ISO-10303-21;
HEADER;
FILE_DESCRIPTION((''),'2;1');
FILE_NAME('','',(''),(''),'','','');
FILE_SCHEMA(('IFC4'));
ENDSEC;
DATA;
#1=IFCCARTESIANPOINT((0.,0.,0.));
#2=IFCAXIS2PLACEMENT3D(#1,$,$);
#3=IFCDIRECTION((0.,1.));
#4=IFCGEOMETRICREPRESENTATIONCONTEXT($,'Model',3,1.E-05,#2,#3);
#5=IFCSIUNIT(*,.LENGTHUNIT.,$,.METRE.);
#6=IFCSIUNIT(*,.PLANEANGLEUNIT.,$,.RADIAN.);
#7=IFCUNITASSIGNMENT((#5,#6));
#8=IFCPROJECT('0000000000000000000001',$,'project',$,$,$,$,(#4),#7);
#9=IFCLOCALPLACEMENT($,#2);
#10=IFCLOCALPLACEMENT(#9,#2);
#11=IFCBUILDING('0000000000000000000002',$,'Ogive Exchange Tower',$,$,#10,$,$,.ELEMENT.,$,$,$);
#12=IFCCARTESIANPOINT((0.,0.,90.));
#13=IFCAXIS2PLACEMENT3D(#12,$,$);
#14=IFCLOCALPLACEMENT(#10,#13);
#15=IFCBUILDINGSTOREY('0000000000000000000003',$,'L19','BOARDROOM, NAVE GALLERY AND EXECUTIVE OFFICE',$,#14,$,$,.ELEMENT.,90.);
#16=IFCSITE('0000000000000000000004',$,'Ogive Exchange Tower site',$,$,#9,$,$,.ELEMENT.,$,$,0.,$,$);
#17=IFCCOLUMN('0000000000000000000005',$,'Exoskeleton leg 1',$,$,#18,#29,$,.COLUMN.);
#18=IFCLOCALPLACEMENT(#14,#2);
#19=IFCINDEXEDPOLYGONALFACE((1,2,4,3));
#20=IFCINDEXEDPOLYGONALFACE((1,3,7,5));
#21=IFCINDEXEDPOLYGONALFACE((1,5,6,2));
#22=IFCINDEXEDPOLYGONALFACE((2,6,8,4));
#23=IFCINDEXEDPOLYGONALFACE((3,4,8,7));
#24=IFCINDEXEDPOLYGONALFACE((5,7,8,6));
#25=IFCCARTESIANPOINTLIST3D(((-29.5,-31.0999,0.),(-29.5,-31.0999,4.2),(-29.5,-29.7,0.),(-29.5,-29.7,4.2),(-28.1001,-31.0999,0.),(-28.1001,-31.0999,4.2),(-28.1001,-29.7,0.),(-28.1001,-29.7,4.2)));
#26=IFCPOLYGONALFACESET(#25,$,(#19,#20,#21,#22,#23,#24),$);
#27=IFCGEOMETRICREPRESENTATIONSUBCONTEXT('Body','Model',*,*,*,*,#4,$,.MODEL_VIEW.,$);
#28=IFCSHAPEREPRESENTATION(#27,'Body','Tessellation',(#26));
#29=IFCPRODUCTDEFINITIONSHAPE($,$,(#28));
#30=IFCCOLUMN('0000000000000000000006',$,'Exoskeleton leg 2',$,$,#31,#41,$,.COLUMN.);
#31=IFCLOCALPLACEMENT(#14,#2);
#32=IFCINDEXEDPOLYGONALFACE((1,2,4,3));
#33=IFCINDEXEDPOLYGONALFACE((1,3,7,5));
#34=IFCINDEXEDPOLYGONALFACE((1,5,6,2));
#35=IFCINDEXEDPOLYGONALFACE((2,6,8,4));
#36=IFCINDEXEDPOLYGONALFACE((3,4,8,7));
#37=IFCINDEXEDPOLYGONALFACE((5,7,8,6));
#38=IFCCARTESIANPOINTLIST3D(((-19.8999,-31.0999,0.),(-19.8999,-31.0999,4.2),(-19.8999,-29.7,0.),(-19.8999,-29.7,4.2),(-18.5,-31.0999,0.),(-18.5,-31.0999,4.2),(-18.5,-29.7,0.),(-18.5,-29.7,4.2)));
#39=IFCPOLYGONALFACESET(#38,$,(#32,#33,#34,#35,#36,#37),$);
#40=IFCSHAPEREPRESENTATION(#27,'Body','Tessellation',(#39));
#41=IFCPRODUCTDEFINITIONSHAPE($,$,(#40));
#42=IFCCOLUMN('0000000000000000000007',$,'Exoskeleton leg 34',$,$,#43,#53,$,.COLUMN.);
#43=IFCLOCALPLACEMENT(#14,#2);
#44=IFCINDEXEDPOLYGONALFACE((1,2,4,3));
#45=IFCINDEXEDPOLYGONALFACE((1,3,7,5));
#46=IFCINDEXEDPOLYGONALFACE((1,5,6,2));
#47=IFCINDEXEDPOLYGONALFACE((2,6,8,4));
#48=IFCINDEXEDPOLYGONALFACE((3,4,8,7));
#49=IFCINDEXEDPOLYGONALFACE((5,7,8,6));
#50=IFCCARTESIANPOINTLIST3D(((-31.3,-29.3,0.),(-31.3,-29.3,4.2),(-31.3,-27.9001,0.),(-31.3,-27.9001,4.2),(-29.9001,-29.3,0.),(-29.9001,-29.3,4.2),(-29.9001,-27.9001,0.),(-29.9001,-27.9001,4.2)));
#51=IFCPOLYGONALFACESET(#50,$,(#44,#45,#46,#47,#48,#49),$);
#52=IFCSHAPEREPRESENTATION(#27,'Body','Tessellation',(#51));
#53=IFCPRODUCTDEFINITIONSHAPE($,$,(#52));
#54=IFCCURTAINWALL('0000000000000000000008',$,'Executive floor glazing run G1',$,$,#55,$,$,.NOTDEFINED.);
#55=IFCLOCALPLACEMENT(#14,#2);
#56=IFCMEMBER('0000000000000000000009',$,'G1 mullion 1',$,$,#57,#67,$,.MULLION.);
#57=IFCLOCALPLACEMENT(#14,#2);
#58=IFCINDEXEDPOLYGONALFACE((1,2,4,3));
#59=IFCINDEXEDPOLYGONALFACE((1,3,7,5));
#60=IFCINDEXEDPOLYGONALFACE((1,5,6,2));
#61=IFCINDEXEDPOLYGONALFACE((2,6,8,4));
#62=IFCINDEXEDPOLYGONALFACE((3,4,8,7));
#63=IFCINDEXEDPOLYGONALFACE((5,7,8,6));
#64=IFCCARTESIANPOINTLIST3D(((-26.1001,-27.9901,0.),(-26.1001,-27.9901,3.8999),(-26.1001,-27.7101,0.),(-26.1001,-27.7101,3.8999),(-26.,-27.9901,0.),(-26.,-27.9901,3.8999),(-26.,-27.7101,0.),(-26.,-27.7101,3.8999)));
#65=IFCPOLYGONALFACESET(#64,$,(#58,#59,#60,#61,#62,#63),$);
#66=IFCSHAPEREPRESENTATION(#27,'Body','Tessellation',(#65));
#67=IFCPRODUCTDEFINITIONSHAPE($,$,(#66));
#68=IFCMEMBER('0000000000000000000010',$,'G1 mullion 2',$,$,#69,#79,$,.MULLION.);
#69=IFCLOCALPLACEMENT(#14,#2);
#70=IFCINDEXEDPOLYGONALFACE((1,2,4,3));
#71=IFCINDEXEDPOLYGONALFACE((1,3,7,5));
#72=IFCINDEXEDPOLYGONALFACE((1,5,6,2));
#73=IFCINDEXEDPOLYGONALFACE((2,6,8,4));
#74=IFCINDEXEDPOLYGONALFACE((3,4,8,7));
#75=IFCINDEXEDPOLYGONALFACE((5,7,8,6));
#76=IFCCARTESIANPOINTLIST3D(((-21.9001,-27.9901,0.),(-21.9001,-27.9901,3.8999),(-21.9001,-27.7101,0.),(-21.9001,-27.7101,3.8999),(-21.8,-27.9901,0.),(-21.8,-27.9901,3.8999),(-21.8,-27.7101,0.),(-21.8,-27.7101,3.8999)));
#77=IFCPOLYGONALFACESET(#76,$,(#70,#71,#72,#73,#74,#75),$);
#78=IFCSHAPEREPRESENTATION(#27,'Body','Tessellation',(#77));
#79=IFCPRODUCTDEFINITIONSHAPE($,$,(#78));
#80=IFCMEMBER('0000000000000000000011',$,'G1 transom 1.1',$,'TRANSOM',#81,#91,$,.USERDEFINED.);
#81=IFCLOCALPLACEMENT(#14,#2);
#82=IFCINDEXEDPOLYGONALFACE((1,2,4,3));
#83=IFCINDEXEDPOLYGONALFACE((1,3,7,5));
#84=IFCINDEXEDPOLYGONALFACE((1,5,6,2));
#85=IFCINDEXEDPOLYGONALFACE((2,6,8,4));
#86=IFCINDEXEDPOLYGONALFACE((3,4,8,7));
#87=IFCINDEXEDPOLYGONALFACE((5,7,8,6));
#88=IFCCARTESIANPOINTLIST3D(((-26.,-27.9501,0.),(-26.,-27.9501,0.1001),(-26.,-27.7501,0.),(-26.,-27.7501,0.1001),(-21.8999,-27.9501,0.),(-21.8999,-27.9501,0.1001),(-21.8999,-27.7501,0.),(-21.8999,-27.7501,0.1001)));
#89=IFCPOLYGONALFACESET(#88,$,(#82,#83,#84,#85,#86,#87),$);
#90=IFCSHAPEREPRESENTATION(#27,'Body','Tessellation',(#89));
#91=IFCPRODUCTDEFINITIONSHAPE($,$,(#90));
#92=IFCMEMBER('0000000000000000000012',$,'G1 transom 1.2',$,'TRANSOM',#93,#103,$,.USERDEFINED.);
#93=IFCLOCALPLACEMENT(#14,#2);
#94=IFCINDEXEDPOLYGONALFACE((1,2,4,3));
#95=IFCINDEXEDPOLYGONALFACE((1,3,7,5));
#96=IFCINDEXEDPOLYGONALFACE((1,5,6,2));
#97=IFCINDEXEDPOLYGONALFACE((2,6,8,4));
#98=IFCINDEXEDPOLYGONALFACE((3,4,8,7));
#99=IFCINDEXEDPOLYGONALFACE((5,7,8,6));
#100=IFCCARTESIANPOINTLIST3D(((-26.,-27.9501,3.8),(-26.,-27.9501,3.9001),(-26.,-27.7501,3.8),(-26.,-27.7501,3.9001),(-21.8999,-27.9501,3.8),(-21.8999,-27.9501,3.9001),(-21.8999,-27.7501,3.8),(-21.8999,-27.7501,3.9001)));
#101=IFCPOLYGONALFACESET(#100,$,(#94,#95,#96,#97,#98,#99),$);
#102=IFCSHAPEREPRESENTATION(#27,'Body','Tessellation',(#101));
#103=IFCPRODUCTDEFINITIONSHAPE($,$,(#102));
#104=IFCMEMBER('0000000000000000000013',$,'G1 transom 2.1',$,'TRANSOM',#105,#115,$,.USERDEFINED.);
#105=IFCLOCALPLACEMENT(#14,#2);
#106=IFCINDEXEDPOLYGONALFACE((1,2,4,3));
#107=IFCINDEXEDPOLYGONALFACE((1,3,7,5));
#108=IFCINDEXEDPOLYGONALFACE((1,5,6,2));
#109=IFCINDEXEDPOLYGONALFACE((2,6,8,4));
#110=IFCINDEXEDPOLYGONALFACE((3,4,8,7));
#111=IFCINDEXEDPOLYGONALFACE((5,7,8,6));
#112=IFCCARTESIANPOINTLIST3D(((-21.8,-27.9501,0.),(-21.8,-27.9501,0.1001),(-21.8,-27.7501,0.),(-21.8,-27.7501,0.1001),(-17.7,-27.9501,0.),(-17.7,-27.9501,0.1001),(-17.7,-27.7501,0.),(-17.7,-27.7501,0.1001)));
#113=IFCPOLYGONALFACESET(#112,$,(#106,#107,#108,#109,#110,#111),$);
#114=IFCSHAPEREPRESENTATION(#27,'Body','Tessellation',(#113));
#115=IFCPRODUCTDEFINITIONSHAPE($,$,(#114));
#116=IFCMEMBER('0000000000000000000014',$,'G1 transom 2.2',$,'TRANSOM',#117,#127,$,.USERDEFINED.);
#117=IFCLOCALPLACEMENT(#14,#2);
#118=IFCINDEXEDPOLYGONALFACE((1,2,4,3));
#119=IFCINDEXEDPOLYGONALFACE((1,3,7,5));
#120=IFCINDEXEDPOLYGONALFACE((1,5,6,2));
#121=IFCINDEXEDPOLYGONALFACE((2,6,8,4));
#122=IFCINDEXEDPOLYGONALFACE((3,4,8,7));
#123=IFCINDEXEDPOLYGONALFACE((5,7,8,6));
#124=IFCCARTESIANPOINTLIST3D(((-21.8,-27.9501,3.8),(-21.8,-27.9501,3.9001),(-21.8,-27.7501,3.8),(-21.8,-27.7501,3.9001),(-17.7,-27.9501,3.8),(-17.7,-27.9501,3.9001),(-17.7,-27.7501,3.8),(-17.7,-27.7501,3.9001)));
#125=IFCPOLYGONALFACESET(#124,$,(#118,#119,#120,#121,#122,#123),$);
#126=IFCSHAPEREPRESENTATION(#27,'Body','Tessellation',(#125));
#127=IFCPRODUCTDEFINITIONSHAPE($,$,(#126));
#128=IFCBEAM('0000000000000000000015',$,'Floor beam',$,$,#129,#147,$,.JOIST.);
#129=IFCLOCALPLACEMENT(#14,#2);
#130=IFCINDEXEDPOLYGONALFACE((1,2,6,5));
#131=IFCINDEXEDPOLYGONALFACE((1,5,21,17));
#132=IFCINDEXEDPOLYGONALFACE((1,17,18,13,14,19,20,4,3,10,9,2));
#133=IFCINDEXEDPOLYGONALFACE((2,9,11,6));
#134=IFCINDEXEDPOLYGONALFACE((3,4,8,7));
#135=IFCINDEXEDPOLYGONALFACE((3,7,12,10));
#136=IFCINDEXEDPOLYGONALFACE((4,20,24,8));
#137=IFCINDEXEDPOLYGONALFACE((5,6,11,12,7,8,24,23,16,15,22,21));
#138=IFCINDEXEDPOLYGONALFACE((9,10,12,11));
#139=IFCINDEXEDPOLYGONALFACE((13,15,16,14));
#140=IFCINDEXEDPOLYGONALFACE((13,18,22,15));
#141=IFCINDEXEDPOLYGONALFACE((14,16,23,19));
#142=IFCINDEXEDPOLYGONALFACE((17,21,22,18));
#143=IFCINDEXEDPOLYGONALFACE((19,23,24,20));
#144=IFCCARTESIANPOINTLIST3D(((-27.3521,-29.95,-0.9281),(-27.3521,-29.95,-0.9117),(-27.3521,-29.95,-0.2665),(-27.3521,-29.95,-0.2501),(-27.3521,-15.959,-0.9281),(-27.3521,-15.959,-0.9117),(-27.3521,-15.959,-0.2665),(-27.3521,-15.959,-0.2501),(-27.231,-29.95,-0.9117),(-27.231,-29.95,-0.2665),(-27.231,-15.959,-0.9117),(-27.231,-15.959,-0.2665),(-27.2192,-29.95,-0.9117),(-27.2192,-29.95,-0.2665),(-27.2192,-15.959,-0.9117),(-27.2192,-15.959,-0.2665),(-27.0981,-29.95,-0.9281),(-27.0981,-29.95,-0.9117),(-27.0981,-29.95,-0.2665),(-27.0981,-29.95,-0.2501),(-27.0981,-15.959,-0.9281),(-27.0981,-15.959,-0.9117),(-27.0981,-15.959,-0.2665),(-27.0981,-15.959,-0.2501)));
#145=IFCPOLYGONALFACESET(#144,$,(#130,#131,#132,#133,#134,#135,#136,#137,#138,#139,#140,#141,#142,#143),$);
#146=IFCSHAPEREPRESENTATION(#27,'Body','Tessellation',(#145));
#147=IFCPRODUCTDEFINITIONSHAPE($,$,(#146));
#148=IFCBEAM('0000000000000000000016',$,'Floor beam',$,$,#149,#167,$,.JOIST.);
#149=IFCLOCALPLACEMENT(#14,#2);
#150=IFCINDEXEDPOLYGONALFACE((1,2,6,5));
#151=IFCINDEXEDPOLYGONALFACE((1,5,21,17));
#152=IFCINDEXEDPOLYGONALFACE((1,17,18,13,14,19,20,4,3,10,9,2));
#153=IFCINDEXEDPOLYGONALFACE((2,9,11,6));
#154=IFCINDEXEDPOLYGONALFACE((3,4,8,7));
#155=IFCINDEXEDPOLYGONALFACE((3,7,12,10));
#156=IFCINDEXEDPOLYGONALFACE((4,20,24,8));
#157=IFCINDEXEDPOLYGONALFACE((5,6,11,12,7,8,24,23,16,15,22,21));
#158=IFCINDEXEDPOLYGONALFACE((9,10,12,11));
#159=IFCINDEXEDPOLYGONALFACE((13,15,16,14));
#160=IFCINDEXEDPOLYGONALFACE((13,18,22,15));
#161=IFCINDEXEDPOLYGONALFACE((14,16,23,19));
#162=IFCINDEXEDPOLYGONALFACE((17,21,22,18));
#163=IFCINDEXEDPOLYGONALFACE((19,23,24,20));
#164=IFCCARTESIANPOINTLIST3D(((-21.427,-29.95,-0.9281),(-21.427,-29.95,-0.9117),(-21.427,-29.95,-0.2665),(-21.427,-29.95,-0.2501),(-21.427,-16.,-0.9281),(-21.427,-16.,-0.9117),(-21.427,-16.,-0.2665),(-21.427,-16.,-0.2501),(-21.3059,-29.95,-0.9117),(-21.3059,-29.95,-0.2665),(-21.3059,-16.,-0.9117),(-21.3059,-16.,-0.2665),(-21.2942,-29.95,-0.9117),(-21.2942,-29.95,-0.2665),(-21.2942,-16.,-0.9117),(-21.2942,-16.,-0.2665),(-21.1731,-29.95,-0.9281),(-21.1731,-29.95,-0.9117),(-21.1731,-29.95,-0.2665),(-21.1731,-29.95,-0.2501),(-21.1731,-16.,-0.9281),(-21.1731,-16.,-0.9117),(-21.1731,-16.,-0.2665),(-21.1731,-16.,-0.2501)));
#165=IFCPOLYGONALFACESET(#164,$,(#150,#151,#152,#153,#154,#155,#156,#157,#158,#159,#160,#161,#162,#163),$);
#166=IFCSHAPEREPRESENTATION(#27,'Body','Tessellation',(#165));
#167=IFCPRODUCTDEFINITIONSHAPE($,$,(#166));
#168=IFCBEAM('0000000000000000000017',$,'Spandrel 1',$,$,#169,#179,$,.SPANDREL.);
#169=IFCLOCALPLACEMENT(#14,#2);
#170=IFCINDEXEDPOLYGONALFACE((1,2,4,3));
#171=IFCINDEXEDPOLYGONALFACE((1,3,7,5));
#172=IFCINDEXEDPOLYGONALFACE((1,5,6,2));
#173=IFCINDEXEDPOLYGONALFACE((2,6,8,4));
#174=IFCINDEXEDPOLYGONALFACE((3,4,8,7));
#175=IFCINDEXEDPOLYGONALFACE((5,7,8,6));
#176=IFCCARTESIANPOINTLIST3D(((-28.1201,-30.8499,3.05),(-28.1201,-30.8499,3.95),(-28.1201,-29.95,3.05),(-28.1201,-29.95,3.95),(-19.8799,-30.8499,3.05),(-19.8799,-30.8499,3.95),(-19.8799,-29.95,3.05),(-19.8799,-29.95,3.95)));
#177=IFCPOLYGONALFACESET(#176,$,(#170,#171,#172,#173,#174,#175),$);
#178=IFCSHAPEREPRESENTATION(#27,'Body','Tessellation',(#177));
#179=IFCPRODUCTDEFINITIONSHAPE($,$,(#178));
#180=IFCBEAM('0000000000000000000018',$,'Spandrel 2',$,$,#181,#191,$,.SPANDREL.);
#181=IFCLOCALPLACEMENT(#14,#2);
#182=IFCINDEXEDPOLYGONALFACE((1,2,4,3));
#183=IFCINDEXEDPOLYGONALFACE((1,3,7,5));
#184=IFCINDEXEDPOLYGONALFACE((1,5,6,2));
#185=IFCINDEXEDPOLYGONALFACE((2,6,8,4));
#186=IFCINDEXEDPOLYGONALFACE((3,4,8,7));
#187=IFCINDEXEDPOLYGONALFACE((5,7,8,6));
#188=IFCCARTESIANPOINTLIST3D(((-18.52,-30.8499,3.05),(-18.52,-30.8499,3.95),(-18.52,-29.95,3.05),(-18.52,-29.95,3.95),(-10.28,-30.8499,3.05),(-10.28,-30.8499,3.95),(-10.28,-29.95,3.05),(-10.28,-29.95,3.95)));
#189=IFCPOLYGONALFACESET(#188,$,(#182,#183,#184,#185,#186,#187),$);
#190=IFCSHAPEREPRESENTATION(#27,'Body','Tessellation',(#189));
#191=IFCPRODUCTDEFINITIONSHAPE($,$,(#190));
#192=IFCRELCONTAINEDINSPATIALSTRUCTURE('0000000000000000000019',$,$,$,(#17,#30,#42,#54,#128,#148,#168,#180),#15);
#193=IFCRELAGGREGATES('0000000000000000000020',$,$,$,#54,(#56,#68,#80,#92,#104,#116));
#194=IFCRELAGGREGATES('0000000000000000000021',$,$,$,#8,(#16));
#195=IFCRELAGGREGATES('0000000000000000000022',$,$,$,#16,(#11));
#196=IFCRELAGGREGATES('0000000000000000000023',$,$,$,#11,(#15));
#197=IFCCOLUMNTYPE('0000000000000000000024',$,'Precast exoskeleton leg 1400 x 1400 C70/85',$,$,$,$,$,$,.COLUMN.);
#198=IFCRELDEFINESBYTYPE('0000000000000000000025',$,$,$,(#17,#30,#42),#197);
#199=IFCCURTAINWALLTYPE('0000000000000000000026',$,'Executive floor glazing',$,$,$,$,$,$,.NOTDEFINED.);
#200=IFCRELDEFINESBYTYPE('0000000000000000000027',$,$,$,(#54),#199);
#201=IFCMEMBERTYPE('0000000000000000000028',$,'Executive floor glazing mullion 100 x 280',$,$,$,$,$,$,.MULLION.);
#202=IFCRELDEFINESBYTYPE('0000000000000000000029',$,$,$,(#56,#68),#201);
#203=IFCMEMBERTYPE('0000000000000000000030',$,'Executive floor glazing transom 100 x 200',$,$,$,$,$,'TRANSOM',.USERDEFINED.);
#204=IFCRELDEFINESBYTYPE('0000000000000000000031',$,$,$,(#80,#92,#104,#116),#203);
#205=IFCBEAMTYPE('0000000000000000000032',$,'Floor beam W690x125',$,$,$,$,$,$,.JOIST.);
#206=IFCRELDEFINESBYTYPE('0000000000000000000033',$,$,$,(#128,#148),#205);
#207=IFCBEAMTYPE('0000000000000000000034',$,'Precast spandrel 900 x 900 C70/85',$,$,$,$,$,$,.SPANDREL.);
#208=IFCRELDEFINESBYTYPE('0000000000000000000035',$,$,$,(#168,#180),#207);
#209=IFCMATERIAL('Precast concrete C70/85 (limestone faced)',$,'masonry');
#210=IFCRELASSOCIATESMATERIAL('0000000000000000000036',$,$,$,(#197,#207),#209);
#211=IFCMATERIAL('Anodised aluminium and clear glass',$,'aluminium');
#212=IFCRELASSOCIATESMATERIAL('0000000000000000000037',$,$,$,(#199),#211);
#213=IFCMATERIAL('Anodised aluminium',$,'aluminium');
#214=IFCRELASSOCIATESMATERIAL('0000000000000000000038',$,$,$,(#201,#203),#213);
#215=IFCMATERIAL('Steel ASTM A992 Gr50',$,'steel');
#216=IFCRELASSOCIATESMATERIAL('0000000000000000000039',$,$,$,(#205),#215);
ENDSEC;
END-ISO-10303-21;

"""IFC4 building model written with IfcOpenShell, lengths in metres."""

from ifc_helpers import new_model, si_unit, direction, frame, origin, origin_2d, place, context, subcontext, project, spatial, rectangle, i_section, extrude, material, material_profile, profile_set, type_object, element, aggregate, save


model = new_model("IFC4")

# Units and contexts
model_context = context("Model", 3, precision=1e-05, world=origin(), true_north=direction((0.0, 1.0)))
body_context = subcontext(model_context, "Body", "Model", "MODEL_VIEW")
ifc_project = project(units=[si_unit("LENGTHUNIT", "METRE"), si_unit("PLANEANGLEUNIT", "RADIAN")], contexts=[model_context])

# Site, building, storey
site_placement = place(None, origin())
site = spatial("IfcSite", under=ifc_project, at=site_placement, Name="Ogive Exchange Tower site", CompositionType="ELEMENT", RefElevation=0.0)
building_placement = place(site_placement, origin())
building = spatial("IfcBuilding", under=site, at=building_placement, Name="Ogive Exchange Tower", CompositionType="ELEMENT")
storey_placement = place(building_placement, frame((0.0, 0.0, 90.0)))
storey = spatial("IfcBuildingStorey", under=building, at=storey_placement, Name="L19", Description="BOARDROOM, NAVE GALLERY AND EXECUTIVE OFFICE", CompositionType="ELEMENT", Elevation=90.0)

# Columns
ifc_material_1 = material(Name="Precast concrete C70/85 (limestone faced)", Category="masonry")
ifc_material_profile_1 = material_profile(ifc_material_1, rectangle(XDim=1.3999, YDim=1.3999, at=origin_2d()), Name="1400 x 1400")
ifc_profile_set_1 = profile_set([ifc_material_profile_1], Name="Precast concrete C70/85 (limestone faced)")
column_type = type_object("IfcColumnType", Name="Precast exoskeleton leg 1400 x 1400 C70/85", PredefinedType="COLUMN", material=ifc_profile_set_1)
for number, where, z_axis, x_axis, name in (
    (1, (-28.8, -30.3999, 0.0), (0.0, 0.0, 1.0), (1.0, 0.0, 0.0), "Exoskeleton leg 1"),
    (2, (-19.2, -30.3999, 0.0), (0.0, 0.0, 1.0), (1.0, 0.0, 0.0), "Exoskeleton leg 2"),
    (3, (-30.6001, -28.6001, 0.0), (0.0, 0.0, 1.0), (1.0, 0.0, 0.0), "Exoskeleton leg 34"),
):
    element("IfcColumn", number, at=place(storey_placement, frame(where, z_axis=z_axis, x_axis=x_axis)), inside=storey, type_object=column_type, Name=name, PredefinedType="COLUMN", context=body_context, shape_type="SweptSolid", body=[
        extrude(rectangle(XDim=1.3999, YDim=1.3999, at=origin_2d()), origin(), (0.0, 0.0, 1.0), 4.2),
    ])

# Curtain wall, members
ifc_material_2 = material(Name="Anodised aluminium and clear glass", Category="aluminium")
curtain_wall_type = type_object("IfcCurtainWallType", Name="Executive floor glazing", PredefinedType="NOTDEFINED", material=ifc_material_2)
curtain_wall_placement = place(storey_placement, origin())
curtain_wall = element("IfcCurtainWall", 4, at=curtain_wall_placement, inside=storey, type_object=curtain_wall_type, Name="Executive floor glazing run G1", PredefinedType="NOTDEFINED")
ifc_material_3 = material(Name="Anodised aluminium", Category="aluminium")
ifc_material_profile_2 = material_profile(ifc_material_3, rectangle(XDim=0.28, YDim=0.1001, at=origin_2d()), Name="AL 100x280")
ifc_profile_set_2 = profile_set([ifc_material_profile_2], Name="Anodised aluminium")
member_type_1 = type_object("IfcMemberType", Name="Executive floor glazing mullion 100 x 280", PredefinedType="MULLION", material=ifc_profile_set_2)
member_1_placement = place(storey_placement, frame((-26.05, -27.8501, 0.0), z_axis=(0.0, 0.0, 1.0), x_axis=(0.0, 1.0, 0.0)))
member_1 = element("IfcMember", 5, at=member_1_placement, type_object=member_type_1, Name="G1 mullion 1", PredefinedType="MULLION", context=body_context, shape_type="SweptSolid", body=[
    extrude(rectangle(XDim=0.28, YDim=0.1001, at=origin_2d()), origin(), (0.0, 0.0, 1.0), 3.8999),
])
member_2_placement = place(storey_placement, frame((-21.8501, -27.8501, 0.0), z_axis=(0.0, 0.0, 1.0), x_axis=(0.0, 1.0, 0.0)))
member_2 = element("IfcMember", 6, at=member_2_placement, type_object=member_type_1, Name="G1 mullion 2", PredefinedType="MULLION", context=body_context, shape_type="SweptSolid", body=[
    extrude(rectangle(XDim=0.28, YDim=0.1001, at=origin_2d()), origin(), (0.0, 0.0, 1.0), 3.8999),
])
ifc_material_profile_3 = material_profile(ifc_material_3, rectangle(XDim=0.2, YDim=0.1001, at=origin_2d()), Name="AL 100x200")
ifc_profile_set_3 = profile_set([ifc_material_profile_3], Name="Anodised aluminium")
member_type_2 = type_object("IfcMemberType", Name="Executive floor glazing transom 100 x 200", ElementType="TRANSOM", PredefinedType="USERDEFINED", material=ifc_profile_set_3)
member_3_placement = place(storey_placement, frame((-26.0, -27.8501, 0.05), z_axis=(1.0, 0.0, 0.0), x_axis=(0.0, 1.0, 0.0)))
member_3 = element("IfcMember", 7, at=member_3_placement, type_object=member_type_2, Name="G1 transom 1.1", ObjectType="TRANSOM", PredefinedType="USERDEFINED", context=body_context, shape_type="SweptSolid", body=[
    extrude(rectangle(XDim=0.2, YDim=0.1001, at=origin_2d()), origin(), (0.0, 0.0, 1.0), 4.1001),
])
member_4_placement = place(storey_placement, frame((-26.0, -27.8501, 3.8501), z_axis=(1.0, 0.0, 0.0), x_axis=(0.0, 1.0, 0.0)))
member_4 = element("IfcMember", 8, at=member_4_placement, type_object=member_type_2, Name="G1 transom 1.2", ObjectType="TRANSOM", PredefinedType="USERDEFINED", context=body_context, shape_type="SweptSolid", body=[
    extrude(rectangle(XDim=0.2, YDim=0.1001, at=origin_2d()), origin(), (0.0, 0.0, 1.0), 4.1001),
])
member_5_placement = place(storey_placement, frame((-21.8, -27.8501, 0.05), z_axis=(1.0, 0.0, 0.0), x_axis=(0.0, 1.0, 0.0)))
member_5 = element("IfcMember", 9, at=member_5_placement, type_object=member_type_2, Name="G1 transom 2.1", ObjectType="TRANSOM", PredefinedType="USERDEFINED", context=body_context, shape_type="SweptSolid", body=[
    extrude(rectangle(XDim=0.2, YDim=0.1001, at=origin_2d()), origin(), (0.0, 0.0, 1.0), 4.1001),
])
member_6_placement = place(storey_placement, frame((-21.8, -27.8501, 3.8501), z_axis=(1.0, 0.0, 0.0), x_axis=(0.0, 1.0, 0.0)))
member_6 = element("IfcMember", 10, at=member_6_placement, type_object=member_type_2, Name="G1 transom 2.2", ObjectType="TRANSOM", PredefinedType="USERDEFINED", context=body_context, shape_type="SweptSolid", body=[
    extrude(rectangle(XDim=0.2, YDim=0.1001, at=origin_2d()), origin(), (0.0, 0.0, 1.0), 4.1001),
])

# Beams
ifc_material_4 = material(Name="Steel ASTM A992 Gr50", Category="steel")
ifc_material_profile_4 = material_profile(ifc_material_4, i_section(OverallWidth=0.2539, OverallDepth=0.678, WebThickness=0.0117, FlangeThickness=0.0164, at=origin_2d()), Name="W690x125")
ifc_profile_set_4 = profile_set([ifc_material_profile_4], Name="Steel ASTM A992 Gr50")
beam_type_1 = type_object("IfcBeamType", Name="Floor beam W690x125", PredefinedType="JOIST", material=ifc_profile_set_4)
beam_1_placement = place(storey_placement, frame((-27.2251, -29.95, -0.5891), z_axis=(0.0, 1.0, 0.0), x_axis=(-1.0, 0.0, 0.0)))
element("IfcBeam", 11, at=beam_1_placement, inside=storey, type_object=beam_type_1, Name="Floor beam", PredefinedType="JOIST", context=body_context, shape_type="SweptSolid", body=[
    extrude(i_section(OverallWidth=0.2539, OverallDepth=0.678, WebThickness=0.0117, FlangeThickness=0.0164, at=origin_2d()), origin(), (0.0, 0.0, 1.0), 13.991),
])
beam_2_placement = place(storey_placement, frame((-21.3, -29.95, -0.5891), z_axis=(0.0, 1.0, 0.0), x_axis=(-1.0, 0.0, 0.0)))
element("IfcBeam", 12, at=beam_2_placement, inside=storey, type_object=beam_type_1, Name="Floor beam", PredefinedType="JOIST", context=body_context, shape_type="SweptSolid", body=[
    extrude(i_section(OverallWidth=0.2539, OverallDepth=0.678, WebThickness=0.0117, FlangeThickness=0.0164, at=origin_2d()), origin(), (0.0, 0.0, 1.0), 13.95),
])
ifc_material_profile_5 = material_profile(ifc_material_1, rectangle(XDim=0.8999, YDim=0.8999, at=origin_2d()), Name="900 x 900")
ifc_profile_set_5 = profile_set([ifc_material_profile_5], Name="Precast concrete C70/85 (limestone faced)")
beam_type_2 = type_object("IfcBeamType", Name="Precast spandrel 900 x 900 C70/85", PredefinedType="SPANDREL", material=ifc_profile_set_5)
beam_3_placement = place(storey_placement, frame((-28.1201, -30.3999, 3.5), z_axis=(1.0, 0.0, 0.0), x_axis=(0.0, 1.0, 0.0)))
element("IfcBeam", 13, at=beam_3_placement, inside=storey, type_object=beam_type_2, Name="Spandrel 1", PredefinedType="SPANDREL", context=body_context, shape_type="SweptSolid", body=[
    extrude(rectangle(XDim=0.8999, YDim=0.8999, at=origin_2d()), origin(), (0.0, 0.0, 1.0), 8.2402),
])
beam_4_placement = place(storey_placement, frame((-18.52, -30.3999, 3.5), z_axis=(1.0, 0.0, 0.0), x_axis=(0.0, 1.0, 0.0)))
element("IfcBeam", 14, at=beam_4_placement, inside=storey, type_object=beam_type_2, Name="Spandrel 2", PredefinedType="SPANDREL", context=body_context, shape_type="SweptSolid", body=[
    extrude(rectangle(XDim=0.8999, YDim=0.8999, at=origin_2d()), origin(), (0.0, 0.0, 1.0), 8.24),
])

aggregate(curtain_wall, [member_1, member_2, member_3, member_4, member_5, member_6])

save(model, "model.ifc")
